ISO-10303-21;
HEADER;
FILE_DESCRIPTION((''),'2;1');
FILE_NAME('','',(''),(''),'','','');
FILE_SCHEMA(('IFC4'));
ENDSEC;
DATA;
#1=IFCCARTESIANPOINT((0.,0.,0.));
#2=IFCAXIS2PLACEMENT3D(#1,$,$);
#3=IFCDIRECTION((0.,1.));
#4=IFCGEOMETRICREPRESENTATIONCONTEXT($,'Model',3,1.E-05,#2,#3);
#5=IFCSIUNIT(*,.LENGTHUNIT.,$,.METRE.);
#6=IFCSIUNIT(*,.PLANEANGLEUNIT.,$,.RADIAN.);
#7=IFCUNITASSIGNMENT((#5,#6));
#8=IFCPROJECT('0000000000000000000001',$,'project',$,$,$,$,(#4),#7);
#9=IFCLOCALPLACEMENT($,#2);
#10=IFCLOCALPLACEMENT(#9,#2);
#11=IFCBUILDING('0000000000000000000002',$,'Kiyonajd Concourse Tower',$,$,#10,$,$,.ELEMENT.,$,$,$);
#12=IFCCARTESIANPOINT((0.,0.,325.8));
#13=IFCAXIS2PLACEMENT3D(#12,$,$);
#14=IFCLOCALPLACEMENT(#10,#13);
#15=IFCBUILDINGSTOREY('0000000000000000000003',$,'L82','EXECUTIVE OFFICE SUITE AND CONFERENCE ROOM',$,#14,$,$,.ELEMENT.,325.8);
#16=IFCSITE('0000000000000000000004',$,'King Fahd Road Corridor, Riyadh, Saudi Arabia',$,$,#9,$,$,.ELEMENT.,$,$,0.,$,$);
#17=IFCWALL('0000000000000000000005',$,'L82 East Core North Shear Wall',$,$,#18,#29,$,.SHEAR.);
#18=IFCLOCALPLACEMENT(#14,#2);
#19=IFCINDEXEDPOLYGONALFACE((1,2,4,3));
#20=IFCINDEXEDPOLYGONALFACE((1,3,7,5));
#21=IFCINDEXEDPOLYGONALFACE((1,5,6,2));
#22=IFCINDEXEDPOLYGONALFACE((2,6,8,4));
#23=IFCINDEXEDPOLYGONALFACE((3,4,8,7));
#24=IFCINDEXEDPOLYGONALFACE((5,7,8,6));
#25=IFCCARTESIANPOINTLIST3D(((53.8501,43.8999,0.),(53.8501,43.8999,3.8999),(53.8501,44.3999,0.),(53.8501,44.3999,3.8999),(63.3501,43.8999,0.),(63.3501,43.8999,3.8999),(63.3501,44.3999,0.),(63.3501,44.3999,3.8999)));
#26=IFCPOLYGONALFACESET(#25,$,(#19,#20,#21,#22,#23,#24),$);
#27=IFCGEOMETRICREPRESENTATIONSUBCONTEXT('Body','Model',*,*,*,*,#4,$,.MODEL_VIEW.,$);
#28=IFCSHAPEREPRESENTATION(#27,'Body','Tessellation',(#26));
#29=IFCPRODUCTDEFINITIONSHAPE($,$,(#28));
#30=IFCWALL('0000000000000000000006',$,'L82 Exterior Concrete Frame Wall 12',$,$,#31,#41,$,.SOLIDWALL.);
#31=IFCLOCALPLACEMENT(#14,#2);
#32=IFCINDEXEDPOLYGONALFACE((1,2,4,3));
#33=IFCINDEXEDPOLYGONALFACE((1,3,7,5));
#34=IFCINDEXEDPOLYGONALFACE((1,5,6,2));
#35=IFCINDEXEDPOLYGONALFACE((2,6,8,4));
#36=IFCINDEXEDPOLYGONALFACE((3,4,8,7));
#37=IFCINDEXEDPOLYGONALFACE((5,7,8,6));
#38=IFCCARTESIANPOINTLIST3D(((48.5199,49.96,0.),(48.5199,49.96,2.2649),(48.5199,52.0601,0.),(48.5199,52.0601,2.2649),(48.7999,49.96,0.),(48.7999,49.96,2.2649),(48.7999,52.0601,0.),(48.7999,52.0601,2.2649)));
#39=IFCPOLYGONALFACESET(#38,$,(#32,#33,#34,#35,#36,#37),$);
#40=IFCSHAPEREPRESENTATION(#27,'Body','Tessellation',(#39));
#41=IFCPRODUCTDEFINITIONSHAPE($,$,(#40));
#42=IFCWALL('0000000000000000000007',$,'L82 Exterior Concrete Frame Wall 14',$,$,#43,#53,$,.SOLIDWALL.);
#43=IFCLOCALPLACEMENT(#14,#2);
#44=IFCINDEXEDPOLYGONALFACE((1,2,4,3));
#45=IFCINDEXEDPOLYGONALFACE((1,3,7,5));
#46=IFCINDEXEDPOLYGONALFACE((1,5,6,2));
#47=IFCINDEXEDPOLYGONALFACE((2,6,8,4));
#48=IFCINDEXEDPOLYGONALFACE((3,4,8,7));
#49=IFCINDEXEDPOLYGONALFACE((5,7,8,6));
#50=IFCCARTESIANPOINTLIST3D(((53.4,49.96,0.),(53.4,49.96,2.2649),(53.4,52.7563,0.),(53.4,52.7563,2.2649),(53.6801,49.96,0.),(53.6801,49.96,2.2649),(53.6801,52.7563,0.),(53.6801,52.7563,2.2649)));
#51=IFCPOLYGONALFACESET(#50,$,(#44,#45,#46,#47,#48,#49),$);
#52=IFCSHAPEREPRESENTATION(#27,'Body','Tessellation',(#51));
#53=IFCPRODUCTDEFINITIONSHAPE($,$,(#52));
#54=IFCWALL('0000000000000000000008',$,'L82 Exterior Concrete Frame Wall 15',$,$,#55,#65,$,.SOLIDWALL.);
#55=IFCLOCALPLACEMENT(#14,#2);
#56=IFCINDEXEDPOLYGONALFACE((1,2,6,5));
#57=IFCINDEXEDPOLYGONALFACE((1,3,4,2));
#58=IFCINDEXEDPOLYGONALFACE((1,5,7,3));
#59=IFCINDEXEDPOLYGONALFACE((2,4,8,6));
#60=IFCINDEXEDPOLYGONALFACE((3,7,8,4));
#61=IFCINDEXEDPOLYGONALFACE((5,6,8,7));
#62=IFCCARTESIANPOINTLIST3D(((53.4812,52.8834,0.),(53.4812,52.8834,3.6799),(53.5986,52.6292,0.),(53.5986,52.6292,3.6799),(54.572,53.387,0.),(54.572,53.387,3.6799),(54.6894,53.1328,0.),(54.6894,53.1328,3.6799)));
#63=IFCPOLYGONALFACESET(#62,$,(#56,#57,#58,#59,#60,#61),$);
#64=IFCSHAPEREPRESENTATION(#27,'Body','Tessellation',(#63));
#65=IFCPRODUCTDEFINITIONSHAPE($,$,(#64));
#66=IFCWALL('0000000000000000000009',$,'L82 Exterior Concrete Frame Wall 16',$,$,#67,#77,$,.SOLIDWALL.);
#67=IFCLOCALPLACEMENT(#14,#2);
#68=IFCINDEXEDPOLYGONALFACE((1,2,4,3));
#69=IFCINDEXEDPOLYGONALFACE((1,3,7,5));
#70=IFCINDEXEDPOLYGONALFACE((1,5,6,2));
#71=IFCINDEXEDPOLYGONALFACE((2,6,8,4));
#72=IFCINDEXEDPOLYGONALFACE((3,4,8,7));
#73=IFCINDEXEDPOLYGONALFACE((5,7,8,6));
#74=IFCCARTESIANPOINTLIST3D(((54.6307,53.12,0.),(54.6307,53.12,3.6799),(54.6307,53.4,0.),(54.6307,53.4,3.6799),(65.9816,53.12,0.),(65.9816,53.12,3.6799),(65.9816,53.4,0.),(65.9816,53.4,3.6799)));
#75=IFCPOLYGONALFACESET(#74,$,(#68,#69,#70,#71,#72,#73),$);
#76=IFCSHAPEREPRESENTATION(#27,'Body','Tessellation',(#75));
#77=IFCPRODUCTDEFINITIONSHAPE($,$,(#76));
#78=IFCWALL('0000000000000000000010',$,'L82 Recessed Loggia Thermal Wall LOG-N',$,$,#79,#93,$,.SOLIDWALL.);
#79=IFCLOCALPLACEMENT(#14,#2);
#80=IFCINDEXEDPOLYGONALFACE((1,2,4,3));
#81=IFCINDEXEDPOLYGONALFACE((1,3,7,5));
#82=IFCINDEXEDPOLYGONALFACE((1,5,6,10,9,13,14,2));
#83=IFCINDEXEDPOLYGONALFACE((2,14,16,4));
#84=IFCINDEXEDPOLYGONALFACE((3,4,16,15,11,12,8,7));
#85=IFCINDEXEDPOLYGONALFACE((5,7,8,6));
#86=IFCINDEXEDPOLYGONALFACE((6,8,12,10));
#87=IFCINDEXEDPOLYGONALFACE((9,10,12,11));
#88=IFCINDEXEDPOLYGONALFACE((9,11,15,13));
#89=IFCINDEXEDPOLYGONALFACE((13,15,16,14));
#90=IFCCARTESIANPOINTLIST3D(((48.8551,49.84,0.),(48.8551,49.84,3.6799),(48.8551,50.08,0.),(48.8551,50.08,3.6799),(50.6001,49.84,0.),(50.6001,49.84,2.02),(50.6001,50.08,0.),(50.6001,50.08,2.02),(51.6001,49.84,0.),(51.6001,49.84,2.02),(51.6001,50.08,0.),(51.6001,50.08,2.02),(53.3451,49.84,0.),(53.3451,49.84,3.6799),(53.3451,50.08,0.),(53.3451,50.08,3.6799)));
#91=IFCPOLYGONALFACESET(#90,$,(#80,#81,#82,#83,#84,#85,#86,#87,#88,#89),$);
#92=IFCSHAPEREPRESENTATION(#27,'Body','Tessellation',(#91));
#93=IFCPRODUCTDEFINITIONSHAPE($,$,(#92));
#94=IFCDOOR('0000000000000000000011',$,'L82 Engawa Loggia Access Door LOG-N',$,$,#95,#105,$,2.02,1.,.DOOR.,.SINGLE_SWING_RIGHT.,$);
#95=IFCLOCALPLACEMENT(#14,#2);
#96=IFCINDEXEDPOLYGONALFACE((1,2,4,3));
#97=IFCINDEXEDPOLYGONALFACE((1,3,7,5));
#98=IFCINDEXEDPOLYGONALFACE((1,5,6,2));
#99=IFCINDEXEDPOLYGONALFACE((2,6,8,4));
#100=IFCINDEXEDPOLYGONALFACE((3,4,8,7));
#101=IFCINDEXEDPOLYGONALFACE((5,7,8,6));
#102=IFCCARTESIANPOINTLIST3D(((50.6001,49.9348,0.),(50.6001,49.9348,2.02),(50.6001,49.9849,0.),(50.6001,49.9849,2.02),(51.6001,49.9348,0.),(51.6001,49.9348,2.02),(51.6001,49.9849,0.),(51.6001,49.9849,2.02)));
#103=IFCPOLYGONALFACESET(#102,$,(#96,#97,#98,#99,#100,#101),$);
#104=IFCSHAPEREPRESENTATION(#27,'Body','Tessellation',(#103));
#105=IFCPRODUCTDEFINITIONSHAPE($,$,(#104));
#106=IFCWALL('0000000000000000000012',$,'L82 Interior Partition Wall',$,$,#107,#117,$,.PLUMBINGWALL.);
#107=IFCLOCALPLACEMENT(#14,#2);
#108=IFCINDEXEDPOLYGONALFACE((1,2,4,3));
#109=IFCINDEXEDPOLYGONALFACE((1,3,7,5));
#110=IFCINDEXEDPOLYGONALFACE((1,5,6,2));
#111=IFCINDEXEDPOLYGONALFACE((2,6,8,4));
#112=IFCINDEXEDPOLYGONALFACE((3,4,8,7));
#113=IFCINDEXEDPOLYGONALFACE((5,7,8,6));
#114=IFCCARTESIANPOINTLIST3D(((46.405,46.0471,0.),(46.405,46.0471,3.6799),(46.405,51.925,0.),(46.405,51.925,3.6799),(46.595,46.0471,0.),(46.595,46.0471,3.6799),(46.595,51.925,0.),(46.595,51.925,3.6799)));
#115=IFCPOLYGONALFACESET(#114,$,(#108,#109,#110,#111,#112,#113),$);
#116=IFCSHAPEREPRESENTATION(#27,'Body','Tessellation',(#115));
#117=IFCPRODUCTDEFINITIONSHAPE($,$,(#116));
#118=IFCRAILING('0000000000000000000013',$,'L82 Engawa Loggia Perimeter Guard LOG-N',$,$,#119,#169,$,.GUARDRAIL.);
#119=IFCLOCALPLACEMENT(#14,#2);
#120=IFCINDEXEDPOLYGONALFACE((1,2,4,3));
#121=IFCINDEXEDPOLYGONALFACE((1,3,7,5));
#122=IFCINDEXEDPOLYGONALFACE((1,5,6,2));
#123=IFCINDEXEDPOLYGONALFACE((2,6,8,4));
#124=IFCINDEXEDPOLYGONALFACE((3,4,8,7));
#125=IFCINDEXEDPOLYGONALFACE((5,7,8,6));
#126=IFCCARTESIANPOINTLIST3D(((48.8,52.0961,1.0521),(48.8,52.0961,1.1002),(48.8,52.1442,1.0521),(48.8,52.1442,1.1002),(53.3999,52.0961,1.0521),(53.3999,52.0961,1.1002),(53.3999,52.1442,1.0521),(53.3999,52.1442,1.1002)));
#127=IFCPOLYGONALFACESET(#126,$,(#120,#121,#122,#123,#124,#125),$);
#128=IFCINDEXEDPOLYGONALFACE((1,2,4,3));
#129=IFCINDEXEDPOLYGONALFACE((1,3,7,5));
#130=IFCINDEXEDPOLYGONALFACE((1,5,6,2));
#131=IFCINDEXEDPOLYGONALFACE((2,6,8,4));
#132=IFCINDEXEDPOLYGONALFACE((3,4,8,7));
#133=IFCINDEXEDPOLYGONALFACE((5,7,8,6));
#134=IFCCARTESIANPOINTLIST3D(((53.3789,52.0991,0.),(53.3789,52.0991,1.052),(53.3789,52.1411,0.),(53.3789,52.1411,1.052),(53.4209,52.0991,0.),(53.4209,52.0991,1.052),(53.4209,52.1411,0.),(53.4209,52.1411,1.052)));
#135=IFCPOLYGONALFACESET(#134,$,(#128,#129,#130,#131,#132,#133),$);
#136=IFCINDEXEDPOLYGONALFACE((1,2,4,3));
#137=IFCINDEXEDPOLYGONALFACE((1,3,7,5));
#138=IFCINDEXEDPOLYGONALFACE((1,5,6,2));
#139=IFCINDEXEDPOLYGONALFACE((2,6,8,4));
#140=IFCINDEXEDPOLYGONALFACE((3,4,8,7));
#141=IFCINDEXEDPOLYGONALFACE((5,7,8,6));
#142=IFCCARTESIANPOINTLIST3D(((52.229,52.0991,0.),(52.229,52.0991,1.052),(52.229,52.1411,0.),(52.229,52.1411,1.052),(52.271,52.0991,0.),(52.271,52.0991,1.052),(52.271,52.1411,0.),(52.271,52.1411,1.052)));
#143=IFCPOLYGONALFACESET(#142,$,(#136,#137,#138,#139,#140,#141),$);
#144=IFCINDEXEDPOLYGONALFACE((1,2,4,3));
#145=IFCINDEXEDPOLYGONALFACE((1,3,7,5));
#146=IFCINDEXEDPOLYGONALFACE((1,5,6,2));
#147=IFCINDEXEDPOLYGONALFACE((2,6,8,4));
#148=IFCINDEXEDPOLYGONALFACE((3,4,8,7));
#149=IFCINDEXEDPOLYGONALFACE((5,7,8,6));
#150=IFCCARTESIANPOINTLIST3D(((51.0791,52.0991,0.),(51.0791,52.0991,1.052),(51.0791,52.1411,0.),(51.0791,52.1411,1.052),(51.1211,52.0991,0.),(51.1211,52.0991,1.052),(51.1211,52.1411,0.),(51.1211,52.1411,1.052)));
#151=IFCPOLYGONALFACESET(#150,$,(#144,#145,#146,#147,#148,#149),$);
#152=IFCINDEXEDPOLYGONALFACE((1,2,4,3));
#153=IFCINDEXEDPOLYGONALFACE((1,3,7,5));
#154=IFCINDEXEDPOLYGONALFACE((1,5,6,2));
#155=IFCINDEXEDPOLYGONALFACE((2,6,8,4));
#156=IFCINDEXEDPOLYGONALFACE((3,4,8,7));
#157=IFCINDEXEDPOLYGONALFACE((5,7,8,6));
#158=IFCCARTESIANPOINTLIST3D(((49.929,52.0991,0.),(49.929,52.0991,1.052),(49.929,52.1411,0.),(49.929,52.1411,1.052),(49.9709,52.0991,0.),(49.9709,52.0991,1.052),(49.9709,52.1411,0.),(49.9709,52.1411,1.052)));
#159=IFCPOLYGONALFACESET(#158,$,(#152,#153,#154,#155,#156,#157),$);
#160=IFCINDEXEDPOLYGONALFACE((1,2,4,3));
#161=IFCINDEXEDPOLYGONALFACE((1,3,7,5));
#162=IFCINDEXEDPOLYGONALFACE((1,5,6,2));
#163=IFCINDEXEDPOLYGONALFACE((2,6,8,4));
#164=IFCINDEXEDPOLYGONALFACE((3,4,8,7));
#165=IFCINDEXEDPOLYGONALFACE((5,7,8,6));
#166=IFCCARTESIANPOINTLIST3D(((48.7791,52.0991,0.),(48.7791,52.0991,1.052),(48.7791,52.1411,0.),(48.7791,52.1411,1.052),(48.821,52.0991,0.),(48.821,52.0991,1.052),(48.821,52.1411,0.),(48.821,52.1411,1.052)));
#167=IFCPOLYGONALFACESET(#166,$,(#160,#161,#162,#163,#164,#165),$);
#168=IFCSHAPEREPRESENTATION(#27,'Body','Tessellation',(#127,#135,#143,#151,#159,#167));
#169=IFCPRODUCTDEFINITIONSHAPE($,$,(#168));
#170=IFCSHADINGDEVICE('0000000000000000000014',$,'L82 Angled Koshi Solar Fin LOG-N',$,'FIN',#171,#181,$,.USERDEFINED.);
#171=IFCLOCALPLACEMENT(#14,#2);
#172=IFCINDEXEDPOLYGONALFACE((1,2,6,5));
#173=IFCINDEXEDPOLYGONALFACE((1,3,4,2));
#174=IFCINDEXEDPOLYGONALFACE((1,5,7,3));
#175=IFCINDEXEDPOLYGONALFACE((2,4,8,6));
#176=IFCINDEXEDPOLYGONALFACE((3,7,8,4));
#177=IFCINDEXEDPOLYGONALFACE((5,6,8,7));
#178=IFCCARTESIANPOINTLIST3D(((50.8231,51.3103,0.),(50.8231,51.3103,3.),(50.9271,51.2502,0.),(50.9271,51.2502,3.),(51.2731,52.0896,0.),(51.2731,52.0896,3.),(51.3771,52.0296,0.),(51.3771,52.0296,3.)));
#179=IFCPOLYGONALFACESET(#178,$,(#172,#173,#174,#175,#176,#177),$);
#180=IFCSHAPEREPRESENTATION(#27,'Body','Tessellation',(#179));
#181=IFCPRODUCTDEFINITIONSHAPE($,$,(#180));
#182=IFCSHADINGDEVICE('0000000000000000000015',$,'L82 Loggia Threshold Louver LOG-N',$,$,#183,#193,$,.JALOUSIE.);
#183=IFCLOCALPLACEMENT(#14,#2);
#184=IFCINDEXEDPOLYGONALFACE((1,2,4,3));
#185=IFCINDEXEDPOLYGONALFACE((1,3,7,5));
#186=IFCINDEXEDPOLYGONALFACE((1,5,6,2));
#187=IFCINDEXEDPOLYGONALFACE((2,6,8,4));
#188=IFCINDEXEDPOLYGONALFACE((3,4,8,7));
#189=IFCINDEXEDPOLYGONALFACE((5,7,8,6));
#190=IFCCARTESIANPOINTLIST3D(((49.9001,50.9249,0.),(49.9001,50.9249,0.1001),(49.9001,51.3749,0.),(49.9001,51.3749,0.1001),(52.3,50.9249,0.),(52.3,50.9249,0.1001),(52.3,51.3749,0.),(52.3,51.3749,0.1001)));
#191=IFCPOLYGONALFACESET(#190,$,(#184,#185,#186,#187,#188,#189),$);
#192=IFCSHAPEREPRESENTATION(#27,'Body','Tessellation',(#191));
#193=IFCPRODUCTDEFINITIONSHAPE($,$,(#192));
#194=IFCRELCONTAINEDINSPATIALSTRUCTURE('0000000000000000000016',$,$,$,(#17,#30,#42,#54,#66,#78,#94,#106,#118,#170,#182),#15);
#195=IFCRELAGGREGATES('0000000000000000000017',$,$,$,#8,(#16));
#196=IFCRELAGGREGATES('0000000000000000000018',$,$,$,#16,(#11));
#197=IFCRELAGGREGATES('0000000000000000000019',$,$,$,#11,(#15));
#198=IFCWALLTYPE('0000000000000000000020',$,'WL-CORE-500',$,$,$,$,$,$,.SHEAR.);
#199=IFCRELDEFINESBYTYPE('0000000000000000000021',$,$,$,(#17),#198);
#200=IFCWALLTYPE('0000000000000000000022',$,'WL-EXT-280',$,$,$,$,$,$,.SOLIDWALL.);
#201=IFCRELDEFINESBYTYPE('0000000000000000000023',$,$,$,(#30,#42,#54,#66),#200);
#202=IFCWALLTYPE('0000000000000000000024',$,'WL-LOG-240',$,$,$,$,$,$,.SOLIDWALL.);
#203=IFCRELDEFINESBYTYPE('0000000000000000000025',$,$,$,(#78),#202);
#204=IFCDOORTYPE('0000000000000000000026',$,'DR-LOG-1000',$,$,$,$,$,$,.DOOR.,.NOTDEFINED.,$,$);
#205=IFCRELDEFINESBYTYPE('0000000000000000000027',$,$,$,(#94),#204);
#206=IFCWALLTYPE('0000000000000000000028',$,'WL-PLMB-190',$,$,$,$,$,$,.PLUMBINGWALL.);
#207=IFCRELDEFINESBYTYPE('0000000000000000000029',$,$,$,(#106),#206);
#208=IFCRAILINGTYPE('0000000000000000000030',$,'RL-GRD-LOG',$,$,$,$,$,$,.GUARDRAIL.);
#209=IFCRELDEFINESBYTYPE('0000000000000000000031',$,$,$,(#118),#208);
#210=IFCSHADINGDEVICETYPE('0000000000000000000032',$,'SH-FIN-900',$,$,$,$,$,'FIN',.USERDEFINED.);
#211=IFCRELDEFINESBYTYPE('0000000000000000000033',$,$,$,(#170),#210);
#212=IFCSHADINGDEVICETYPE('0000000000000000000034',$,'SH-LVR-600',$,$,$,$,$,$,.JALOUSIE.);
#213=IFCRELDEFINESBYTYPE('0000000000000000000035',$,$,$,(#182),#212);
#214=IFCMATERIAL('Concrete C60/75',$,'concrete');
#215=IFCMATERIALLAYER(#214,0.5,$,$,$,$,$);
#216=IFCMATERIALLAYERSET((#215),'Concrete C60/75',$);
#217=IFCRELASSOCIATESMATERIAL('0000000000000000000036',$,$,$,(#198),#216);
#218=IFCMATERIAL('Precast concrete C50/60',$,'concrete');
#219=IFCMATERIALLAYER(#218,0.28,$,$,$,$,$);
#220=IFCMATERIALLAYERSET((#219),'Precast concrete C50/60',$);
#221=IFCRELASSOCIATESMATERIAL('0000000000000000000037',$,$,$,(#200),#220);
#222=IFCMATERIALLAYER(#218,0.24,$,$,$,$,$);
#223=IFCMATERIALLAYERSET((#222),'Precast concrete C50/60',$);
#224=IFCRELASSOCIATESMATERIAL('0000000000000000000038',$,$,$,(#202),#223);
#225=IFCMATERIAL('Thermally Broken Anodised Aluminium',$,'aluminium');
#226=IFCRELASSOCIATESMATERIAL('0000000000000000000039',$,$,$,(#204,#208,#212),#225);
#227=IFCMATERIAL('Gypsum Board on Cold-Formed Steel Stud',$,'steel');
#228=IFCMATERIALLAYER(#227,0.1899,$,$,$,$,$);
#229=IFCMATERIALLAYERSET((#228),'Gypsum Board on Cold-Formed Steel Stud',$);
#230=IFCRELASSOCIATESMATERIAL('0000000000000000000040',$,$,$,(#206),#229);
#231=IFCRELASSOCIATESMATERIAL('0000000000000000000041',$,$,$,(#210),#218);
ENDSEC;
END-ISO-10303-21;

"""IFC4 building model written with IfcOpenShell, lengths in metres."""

from ifc_helpers import new_model, si_unit, direction, frame, frame_2d, origin, origin_2d, place, context, subcontext, project, spatial, rectangle, extrude, material, layer, layer_set, type_object, element, fill, save


model = new_model("IFC4")

# Units and contexts
model_context = context("Model", 3, precision=1e-05, world=origin(), true_north=direction((0.0, 1.0)))
body_context = subcontext(model_context, "Body", "Model", "MODEL_VIEW")
ifc_project = project(units=[si_unit("LENGTHUNIT", "METRE"), si_unit("PLANEANGLEUNIT", "RADIAN")], contexts=[model_context])

# Site, building, storey
site_placement = place(None, origin())
site = spatial("IfcSite", under=ifc_project, at=site_placement, Name="King Fahd Road Corridor, Riyadh, Saudi Arabia", CompositionType="ELEMENT", RefElevation=0.0)
building_placement = place(site_placement, origin())
building = spatial("IfcBuilding", under=site, at=building_placement, Name="Kiyonajd Concourse Tower", CompositionType="ELEMENT")
storey_placement = place(building_placement, frame((0.0, 0.0, 325.8)))
storey = spatial("IfcBuildingStorey", under=building, at=storey_placement, Name="L82", Description="EXECUTIVE OFFICE SUITE AND CONFERENCE ROOM", CompositionType="ELEMENT", Elevation=325.8)

# Shared definitions
ifc_material_1 = material(Name="Concrete C60/75", Category="concrete")

# Shared definitions
ifc_material_2 = material(Name="Thermally Broken Anodised Aluminium", Category="aluminium")

# Walls
ifc_layer_1 = layer(ifc_material_1, 0.5)
ifc_layer_set_1 = layer_set([ifc_layer_1], Name="Concrete C60/75")
wall_type_1 = type_object("IfcWallType", Name="WL-CORE-500", PredefinedType="SHEAR", material=ifc_layer_set_1)
wall_1_placement = place(storey_placement, frame((53.8501, 44.1499, 0.0), z_axis=(0.0, 0.0, 1.0), x_axis=(1.0, 0.0, 0.0)))
element("IfcWall", 1, at=wall_1_placement, inside=storey, type_object=wall_type_1, Name="L82 East Core North Shear Wall", PredefinedType="SHEAR", context=body_context, shape_type="SweptSolid", body=[
    extrude(rectangle(XDim=9.5, YDim=0.5, at=frame_2d((4.75, 0.0))), origin(), (0.0, 0.0, 1.0), 3.8999),
])
ifc_material_3 = material(Name="Precast concrete C50/60", Category="concrete")
ifc_layer_2 = layer(ifc_material_3, 0.28)
ifc_layer_set_2 = layer_set([ifc_layer_2], Name="Precast concrete C50/60")
wall_type_2 = type_object("IfcWallType", Name="WL-EXT-280", PredefinedType="SOLIDWALL", material=ifc_layer_set_2)
wall_2_placement = place(storey_placement, frame((48.6599, 52.0601, 0.0), z_axis=(0.0, 0.0, 1.0), x_axis=(0.0, -1.0, 0.0)))
element("IfcWall", 2, at=wall_2_placement, inside=storey, type_object=wall_type_2, Name="L82 Exterior Concrete Frame Wall 12", PredefinedType="SOLIDWALL", context=body_context, shape_type="SweptSolid", body=[
    extrude(rectangle(XDim=2.1001, YDim=0.28, at=frame_2d((1.05, 0.0))), origin(), (0.0, 0.0, 1.0), 2.2649),
])
wall_3_placement = place(storey_placement, frame((53.54, 49.96, 0.0), z_axis=(0.0, 0.0, 1.0), x_axis=(0.0, 1.0, 0.0)))
element("IfcWall", 3, at=wall_3_placement, inside=storey, type_object=wall_type_2, Name="L82 Exterior Concrete Frame Wall 14", PredefinedType="SOLIDWALL", context=body_context, shape_type="SweptSolid", body=[
    extrude(rectangle(XDim=2.7964, YDim=0.28, at=frame_2d((1.3982, 0.0))), origin(), (0.0, 0.0, 1.0), 2.2649),
])
wall_4_placement = place(storey_placement, frame((53.54, 52.7563, 0.0), z_axis=(0.0, 0.0, 1.0), x_axis=(0.907894, 0.4192, 0.0)))
element("IfcWall", 4, at=wall_4_placement, inside=storey, type_object=wall_type_2, Name="L82 Exterior Concrete Frame Wall 15", PredefinedType="SOLIDWALL", context=body_context, shape_type="SweptSolid", body=[
    extrude(rectangle(XDim=1.2014, YDim=0.28, at=frame_2d((0.6006, 0.0))), origin(), (0.0, 0.0, 1.0), 3.6799),
])
wall_5_placement = place(storey_placement, frame((54.6309, 53.26, 0.0), z_axis=(0.0, 0.0, 1.0), x_axis=(1.0, 0.0, 0.0)))
element("IfcWall", 5, at=wall_5_placement, inside=storey, type_object=wall_type_2, Name="L82 Exterior Concrete Frame Wall 16", PredefinedType="SOLIDWALL", context=body_context, shape_type="SweptSolid", body=[
    extrude(rectangle(XDim=11.3508, YDim=0.28, at=frame_2d((5.6753, 0.0))), origin(), (0.0, 0.0, 1.0), 3.6799),
])

# Wall, opening, door
ifc_layer_3 = layer(ifc_material_3, 0.24)
ifc_layer_set_3 = layer_set([ifc_layer_3], Name="Precast concrete C50/60")
wall_type_3 = type_object("IfcWallType", Name="WL-LOG-240", PredefinedType="SOLIDWALL", material=ifc_layer_set_3)
wall_6_placement = place(storey_placement, frame((48.855, 49.96, 0.0), z_axis=(0.0, 0.0, 1.0), x_axis=(1.0, 0.0, 0.0)))
wall_6 = element("IfcWall", 6, at=wall_6_placement, inside=storey, type_object=wall_type_3, Name="L82 Recessed Loggia Thermal Wall LOG-N", PredefinedType="SOLIDWALL", context=body_context, shape_type="SweptSolid", body=[
    extrude(rectangle(XDim=4.49, YDim=0.24, at=frame_2d((2.2451, 0.0))), origin(), (0.0, 0.0, 1.0), 3.6799),
])
opening_placement = place(wall_6_placement, frame((1.7451, 0.0, 0.0)))
opening = element("IfcOpeningElement", 7, at=opening_placement, cuts=wall_6, PredefinedType="OPENING", context=body_context, shape_type="SweptSolid", body=[
    extrude(rectangle(XDim=1.0, YDim=2.02, at=frame_2d((0.5, 1.01))), frame((0.0, 0.1299, 0.0), z_axis=(0.0, -1.0, 0.0), x_axis=(1.0, 0.0, 0.0)), (0.0, 0.0, 1.0), 0.26),
])
door_type = type_object("IfcDoorType", Name="DR-LOG-1000", OperationType="NOTDEFINED", PredefinedType="DOOR", material=ifc_material_2)
door_placement = place(opening_placement, origin())
door = element("IfcDoor", 8, at=door_placement, inside=storey, type_object=door_type, Name="L82 Engawa Loggia Access Door LOG-N", OperationType="SINGLE_SWING_RIGHT", OverallHeight=2.02, OverallWidth=1.0, PredefinedType="DOOR", context=body_context, shape_type="SweptSolid", body=[
    extrude(rectangle(XDim=1.0, YDim=2.02, at=frame_2d((0.5, 1.01))), frame((0.0, 0.0249, 0.0), z_axis=(0.0, -1.0, 0.0), x_axis=(1.0, 0.0, 0.0)), (0.0, 0.0, 1.0), 0.05),
])
fill(opening, door)

# Wall
ifc_material_4 = material(Name="Gypsum Board on Cold-Formed Steel Stud", Category="steel")
ifc_layer_4 = layer(ifc_material_4, 0.1899)
ifc_layer_set_4 = layer_set([ifc_layer_4], Name="Gypsum Board on Cold-Formed Steel Stud")
wall_type_4 = type_object("IfcWallType", Name="WL-PLMB-190", PredefinedType="PLUMBINGWALL", material=ifc_layer_set_4)
wall_7_placement = place(storey_placement, frame((46.5, 46.0471, 0.0), z_axis=(0.0, 0.0, 1.0), x_axis=(0.0, 1.0, 0.0)))
element("IfcWall", 9, at=wall_7_placement, inside=storey, type_object=wall_type_4, Name="L82 Interior Partition Wall", PredefinedType="PLUMBINGWALL", context=body_context, shape_type="SweptSolid", body=[
    extrude(rectangle(XDim=5.8779, YDim=0.1899, at=frame_2d((2.939, 0.0))), origin(), (0.0, 0.0, 1.0), 3.6799),
])

# Railing
railing_type = type_object("IfcRailingType", Name="RL-GRD-LOG", PredefinedType="GUARDRAIL", material=ifc_material_2)
railing_placement = place(storey_placement, frame((53.3999, 52.1201, 0.0)))
element("IfcRailing", 10, at=railing_placement, inside=storey, type_object=railing_type, Name="L82 Engawa Loggia Perimeter Guard LOG-N", PredefinedType="GUARDRAIL", context=body_context, shape_type="SweptSolid", body=[
    extrude(rectangle(XDim=0.0481, YDim=0.0481, at=origin_2d()), frame((0.0, 0.0, 1.0762), z_axis=(-1.0, 0.0, 0.0), x_axis=(0.0, -1.0, 0.0)), (0.0, 0.0, 1.0), 4.5999),
    extrude(rectangle(XDim=0.042, YDim=0.042, at=origin_2d()), origin(), (0.0, 0.0, 1.0), 1.052),
    extrude(rectangle(XDim=0.042, YDim=0.042, at=origin_2d()), frame((-1.1499, 0.0, 0.0)), (0.0, 0.0, 1.0), 1.052),
    extrude(rectangle(XDim=0.042, YDim=0.042, at=origin_2d()), frame((-2.2998, 0.0, 0.0)), (0.0, 0.0, 1.0), 1.052),
    extrude(rectangle(XDim=0.042, YDim=0.042, at=origin_2d()), frame((-3.45, 0.0, 0.0)), (0.0, 0.0, 1.0), 1.052),
    extrude(rectangle(XDim=0.042, YDim=0.042, at=origin_2d()), frame((-4.5999, 0.0, 0.0)), (0.0, 0.0, 1.0), 1.052),
])

# Shading devices
shading_device_type_1 = type_object("IfcShadingDeviceType", Name="SH-FIN-900", ElementType="FIN", PredefinedType="USERDEFINED", material=ifc_material_3)
shading_device_1_placement = place(storey_placement, frame((51.1001, 51.6699, 0.0), z_axis=(0.0, 0.0, 1.0), x_axis=(0.5, 0.866025, 0.0)))
element("IfcShadingDevice", 11, at=shading_device_1_placement, inside=storey, type_object=shading_device_type_1, Name="L82 Angled Koshi Solar Fin LOG-N", ObjectType="FIN", PredefinedType="USERDEFINED", context=body_context, shape_type="SweptSolid", body=[
    extrude(rectangle(XDim=0.8999, YDim=0.1201, at=origin_2d()), origin(), (0.0, 0.0, 1.0), 3.0),
])
shading_device_type_2 = type_object("IfcShadingDeviceType", Name="SH-LVR-600", PredefinedType="JALOUSIE", material=ifc_material_2)
shading_device_2_placement = place(storey_placement, frame((51.1001, 51.1499, 0.0), z_axis=(0.0, 0.0, 1.0), x_axis=(1.0, 0.0, 0.0)))
element("IfcShadingDevice", 12, at=shading_device_2_placement, inside=storey, type_object=shading_device_type_2, Name="L82 Loggia Threshold Louver LOG-N", PredefinedType="JALOUSIE", context=body_context, shape_type="SweptSolid", body=[
    extrude(rectangle(XDim=2.3999, YDim=0.45, at=origin_2d()), origin(), (0.0, 0.0, 1.0), 0.1001),
])

save(model, "model.ifc")
